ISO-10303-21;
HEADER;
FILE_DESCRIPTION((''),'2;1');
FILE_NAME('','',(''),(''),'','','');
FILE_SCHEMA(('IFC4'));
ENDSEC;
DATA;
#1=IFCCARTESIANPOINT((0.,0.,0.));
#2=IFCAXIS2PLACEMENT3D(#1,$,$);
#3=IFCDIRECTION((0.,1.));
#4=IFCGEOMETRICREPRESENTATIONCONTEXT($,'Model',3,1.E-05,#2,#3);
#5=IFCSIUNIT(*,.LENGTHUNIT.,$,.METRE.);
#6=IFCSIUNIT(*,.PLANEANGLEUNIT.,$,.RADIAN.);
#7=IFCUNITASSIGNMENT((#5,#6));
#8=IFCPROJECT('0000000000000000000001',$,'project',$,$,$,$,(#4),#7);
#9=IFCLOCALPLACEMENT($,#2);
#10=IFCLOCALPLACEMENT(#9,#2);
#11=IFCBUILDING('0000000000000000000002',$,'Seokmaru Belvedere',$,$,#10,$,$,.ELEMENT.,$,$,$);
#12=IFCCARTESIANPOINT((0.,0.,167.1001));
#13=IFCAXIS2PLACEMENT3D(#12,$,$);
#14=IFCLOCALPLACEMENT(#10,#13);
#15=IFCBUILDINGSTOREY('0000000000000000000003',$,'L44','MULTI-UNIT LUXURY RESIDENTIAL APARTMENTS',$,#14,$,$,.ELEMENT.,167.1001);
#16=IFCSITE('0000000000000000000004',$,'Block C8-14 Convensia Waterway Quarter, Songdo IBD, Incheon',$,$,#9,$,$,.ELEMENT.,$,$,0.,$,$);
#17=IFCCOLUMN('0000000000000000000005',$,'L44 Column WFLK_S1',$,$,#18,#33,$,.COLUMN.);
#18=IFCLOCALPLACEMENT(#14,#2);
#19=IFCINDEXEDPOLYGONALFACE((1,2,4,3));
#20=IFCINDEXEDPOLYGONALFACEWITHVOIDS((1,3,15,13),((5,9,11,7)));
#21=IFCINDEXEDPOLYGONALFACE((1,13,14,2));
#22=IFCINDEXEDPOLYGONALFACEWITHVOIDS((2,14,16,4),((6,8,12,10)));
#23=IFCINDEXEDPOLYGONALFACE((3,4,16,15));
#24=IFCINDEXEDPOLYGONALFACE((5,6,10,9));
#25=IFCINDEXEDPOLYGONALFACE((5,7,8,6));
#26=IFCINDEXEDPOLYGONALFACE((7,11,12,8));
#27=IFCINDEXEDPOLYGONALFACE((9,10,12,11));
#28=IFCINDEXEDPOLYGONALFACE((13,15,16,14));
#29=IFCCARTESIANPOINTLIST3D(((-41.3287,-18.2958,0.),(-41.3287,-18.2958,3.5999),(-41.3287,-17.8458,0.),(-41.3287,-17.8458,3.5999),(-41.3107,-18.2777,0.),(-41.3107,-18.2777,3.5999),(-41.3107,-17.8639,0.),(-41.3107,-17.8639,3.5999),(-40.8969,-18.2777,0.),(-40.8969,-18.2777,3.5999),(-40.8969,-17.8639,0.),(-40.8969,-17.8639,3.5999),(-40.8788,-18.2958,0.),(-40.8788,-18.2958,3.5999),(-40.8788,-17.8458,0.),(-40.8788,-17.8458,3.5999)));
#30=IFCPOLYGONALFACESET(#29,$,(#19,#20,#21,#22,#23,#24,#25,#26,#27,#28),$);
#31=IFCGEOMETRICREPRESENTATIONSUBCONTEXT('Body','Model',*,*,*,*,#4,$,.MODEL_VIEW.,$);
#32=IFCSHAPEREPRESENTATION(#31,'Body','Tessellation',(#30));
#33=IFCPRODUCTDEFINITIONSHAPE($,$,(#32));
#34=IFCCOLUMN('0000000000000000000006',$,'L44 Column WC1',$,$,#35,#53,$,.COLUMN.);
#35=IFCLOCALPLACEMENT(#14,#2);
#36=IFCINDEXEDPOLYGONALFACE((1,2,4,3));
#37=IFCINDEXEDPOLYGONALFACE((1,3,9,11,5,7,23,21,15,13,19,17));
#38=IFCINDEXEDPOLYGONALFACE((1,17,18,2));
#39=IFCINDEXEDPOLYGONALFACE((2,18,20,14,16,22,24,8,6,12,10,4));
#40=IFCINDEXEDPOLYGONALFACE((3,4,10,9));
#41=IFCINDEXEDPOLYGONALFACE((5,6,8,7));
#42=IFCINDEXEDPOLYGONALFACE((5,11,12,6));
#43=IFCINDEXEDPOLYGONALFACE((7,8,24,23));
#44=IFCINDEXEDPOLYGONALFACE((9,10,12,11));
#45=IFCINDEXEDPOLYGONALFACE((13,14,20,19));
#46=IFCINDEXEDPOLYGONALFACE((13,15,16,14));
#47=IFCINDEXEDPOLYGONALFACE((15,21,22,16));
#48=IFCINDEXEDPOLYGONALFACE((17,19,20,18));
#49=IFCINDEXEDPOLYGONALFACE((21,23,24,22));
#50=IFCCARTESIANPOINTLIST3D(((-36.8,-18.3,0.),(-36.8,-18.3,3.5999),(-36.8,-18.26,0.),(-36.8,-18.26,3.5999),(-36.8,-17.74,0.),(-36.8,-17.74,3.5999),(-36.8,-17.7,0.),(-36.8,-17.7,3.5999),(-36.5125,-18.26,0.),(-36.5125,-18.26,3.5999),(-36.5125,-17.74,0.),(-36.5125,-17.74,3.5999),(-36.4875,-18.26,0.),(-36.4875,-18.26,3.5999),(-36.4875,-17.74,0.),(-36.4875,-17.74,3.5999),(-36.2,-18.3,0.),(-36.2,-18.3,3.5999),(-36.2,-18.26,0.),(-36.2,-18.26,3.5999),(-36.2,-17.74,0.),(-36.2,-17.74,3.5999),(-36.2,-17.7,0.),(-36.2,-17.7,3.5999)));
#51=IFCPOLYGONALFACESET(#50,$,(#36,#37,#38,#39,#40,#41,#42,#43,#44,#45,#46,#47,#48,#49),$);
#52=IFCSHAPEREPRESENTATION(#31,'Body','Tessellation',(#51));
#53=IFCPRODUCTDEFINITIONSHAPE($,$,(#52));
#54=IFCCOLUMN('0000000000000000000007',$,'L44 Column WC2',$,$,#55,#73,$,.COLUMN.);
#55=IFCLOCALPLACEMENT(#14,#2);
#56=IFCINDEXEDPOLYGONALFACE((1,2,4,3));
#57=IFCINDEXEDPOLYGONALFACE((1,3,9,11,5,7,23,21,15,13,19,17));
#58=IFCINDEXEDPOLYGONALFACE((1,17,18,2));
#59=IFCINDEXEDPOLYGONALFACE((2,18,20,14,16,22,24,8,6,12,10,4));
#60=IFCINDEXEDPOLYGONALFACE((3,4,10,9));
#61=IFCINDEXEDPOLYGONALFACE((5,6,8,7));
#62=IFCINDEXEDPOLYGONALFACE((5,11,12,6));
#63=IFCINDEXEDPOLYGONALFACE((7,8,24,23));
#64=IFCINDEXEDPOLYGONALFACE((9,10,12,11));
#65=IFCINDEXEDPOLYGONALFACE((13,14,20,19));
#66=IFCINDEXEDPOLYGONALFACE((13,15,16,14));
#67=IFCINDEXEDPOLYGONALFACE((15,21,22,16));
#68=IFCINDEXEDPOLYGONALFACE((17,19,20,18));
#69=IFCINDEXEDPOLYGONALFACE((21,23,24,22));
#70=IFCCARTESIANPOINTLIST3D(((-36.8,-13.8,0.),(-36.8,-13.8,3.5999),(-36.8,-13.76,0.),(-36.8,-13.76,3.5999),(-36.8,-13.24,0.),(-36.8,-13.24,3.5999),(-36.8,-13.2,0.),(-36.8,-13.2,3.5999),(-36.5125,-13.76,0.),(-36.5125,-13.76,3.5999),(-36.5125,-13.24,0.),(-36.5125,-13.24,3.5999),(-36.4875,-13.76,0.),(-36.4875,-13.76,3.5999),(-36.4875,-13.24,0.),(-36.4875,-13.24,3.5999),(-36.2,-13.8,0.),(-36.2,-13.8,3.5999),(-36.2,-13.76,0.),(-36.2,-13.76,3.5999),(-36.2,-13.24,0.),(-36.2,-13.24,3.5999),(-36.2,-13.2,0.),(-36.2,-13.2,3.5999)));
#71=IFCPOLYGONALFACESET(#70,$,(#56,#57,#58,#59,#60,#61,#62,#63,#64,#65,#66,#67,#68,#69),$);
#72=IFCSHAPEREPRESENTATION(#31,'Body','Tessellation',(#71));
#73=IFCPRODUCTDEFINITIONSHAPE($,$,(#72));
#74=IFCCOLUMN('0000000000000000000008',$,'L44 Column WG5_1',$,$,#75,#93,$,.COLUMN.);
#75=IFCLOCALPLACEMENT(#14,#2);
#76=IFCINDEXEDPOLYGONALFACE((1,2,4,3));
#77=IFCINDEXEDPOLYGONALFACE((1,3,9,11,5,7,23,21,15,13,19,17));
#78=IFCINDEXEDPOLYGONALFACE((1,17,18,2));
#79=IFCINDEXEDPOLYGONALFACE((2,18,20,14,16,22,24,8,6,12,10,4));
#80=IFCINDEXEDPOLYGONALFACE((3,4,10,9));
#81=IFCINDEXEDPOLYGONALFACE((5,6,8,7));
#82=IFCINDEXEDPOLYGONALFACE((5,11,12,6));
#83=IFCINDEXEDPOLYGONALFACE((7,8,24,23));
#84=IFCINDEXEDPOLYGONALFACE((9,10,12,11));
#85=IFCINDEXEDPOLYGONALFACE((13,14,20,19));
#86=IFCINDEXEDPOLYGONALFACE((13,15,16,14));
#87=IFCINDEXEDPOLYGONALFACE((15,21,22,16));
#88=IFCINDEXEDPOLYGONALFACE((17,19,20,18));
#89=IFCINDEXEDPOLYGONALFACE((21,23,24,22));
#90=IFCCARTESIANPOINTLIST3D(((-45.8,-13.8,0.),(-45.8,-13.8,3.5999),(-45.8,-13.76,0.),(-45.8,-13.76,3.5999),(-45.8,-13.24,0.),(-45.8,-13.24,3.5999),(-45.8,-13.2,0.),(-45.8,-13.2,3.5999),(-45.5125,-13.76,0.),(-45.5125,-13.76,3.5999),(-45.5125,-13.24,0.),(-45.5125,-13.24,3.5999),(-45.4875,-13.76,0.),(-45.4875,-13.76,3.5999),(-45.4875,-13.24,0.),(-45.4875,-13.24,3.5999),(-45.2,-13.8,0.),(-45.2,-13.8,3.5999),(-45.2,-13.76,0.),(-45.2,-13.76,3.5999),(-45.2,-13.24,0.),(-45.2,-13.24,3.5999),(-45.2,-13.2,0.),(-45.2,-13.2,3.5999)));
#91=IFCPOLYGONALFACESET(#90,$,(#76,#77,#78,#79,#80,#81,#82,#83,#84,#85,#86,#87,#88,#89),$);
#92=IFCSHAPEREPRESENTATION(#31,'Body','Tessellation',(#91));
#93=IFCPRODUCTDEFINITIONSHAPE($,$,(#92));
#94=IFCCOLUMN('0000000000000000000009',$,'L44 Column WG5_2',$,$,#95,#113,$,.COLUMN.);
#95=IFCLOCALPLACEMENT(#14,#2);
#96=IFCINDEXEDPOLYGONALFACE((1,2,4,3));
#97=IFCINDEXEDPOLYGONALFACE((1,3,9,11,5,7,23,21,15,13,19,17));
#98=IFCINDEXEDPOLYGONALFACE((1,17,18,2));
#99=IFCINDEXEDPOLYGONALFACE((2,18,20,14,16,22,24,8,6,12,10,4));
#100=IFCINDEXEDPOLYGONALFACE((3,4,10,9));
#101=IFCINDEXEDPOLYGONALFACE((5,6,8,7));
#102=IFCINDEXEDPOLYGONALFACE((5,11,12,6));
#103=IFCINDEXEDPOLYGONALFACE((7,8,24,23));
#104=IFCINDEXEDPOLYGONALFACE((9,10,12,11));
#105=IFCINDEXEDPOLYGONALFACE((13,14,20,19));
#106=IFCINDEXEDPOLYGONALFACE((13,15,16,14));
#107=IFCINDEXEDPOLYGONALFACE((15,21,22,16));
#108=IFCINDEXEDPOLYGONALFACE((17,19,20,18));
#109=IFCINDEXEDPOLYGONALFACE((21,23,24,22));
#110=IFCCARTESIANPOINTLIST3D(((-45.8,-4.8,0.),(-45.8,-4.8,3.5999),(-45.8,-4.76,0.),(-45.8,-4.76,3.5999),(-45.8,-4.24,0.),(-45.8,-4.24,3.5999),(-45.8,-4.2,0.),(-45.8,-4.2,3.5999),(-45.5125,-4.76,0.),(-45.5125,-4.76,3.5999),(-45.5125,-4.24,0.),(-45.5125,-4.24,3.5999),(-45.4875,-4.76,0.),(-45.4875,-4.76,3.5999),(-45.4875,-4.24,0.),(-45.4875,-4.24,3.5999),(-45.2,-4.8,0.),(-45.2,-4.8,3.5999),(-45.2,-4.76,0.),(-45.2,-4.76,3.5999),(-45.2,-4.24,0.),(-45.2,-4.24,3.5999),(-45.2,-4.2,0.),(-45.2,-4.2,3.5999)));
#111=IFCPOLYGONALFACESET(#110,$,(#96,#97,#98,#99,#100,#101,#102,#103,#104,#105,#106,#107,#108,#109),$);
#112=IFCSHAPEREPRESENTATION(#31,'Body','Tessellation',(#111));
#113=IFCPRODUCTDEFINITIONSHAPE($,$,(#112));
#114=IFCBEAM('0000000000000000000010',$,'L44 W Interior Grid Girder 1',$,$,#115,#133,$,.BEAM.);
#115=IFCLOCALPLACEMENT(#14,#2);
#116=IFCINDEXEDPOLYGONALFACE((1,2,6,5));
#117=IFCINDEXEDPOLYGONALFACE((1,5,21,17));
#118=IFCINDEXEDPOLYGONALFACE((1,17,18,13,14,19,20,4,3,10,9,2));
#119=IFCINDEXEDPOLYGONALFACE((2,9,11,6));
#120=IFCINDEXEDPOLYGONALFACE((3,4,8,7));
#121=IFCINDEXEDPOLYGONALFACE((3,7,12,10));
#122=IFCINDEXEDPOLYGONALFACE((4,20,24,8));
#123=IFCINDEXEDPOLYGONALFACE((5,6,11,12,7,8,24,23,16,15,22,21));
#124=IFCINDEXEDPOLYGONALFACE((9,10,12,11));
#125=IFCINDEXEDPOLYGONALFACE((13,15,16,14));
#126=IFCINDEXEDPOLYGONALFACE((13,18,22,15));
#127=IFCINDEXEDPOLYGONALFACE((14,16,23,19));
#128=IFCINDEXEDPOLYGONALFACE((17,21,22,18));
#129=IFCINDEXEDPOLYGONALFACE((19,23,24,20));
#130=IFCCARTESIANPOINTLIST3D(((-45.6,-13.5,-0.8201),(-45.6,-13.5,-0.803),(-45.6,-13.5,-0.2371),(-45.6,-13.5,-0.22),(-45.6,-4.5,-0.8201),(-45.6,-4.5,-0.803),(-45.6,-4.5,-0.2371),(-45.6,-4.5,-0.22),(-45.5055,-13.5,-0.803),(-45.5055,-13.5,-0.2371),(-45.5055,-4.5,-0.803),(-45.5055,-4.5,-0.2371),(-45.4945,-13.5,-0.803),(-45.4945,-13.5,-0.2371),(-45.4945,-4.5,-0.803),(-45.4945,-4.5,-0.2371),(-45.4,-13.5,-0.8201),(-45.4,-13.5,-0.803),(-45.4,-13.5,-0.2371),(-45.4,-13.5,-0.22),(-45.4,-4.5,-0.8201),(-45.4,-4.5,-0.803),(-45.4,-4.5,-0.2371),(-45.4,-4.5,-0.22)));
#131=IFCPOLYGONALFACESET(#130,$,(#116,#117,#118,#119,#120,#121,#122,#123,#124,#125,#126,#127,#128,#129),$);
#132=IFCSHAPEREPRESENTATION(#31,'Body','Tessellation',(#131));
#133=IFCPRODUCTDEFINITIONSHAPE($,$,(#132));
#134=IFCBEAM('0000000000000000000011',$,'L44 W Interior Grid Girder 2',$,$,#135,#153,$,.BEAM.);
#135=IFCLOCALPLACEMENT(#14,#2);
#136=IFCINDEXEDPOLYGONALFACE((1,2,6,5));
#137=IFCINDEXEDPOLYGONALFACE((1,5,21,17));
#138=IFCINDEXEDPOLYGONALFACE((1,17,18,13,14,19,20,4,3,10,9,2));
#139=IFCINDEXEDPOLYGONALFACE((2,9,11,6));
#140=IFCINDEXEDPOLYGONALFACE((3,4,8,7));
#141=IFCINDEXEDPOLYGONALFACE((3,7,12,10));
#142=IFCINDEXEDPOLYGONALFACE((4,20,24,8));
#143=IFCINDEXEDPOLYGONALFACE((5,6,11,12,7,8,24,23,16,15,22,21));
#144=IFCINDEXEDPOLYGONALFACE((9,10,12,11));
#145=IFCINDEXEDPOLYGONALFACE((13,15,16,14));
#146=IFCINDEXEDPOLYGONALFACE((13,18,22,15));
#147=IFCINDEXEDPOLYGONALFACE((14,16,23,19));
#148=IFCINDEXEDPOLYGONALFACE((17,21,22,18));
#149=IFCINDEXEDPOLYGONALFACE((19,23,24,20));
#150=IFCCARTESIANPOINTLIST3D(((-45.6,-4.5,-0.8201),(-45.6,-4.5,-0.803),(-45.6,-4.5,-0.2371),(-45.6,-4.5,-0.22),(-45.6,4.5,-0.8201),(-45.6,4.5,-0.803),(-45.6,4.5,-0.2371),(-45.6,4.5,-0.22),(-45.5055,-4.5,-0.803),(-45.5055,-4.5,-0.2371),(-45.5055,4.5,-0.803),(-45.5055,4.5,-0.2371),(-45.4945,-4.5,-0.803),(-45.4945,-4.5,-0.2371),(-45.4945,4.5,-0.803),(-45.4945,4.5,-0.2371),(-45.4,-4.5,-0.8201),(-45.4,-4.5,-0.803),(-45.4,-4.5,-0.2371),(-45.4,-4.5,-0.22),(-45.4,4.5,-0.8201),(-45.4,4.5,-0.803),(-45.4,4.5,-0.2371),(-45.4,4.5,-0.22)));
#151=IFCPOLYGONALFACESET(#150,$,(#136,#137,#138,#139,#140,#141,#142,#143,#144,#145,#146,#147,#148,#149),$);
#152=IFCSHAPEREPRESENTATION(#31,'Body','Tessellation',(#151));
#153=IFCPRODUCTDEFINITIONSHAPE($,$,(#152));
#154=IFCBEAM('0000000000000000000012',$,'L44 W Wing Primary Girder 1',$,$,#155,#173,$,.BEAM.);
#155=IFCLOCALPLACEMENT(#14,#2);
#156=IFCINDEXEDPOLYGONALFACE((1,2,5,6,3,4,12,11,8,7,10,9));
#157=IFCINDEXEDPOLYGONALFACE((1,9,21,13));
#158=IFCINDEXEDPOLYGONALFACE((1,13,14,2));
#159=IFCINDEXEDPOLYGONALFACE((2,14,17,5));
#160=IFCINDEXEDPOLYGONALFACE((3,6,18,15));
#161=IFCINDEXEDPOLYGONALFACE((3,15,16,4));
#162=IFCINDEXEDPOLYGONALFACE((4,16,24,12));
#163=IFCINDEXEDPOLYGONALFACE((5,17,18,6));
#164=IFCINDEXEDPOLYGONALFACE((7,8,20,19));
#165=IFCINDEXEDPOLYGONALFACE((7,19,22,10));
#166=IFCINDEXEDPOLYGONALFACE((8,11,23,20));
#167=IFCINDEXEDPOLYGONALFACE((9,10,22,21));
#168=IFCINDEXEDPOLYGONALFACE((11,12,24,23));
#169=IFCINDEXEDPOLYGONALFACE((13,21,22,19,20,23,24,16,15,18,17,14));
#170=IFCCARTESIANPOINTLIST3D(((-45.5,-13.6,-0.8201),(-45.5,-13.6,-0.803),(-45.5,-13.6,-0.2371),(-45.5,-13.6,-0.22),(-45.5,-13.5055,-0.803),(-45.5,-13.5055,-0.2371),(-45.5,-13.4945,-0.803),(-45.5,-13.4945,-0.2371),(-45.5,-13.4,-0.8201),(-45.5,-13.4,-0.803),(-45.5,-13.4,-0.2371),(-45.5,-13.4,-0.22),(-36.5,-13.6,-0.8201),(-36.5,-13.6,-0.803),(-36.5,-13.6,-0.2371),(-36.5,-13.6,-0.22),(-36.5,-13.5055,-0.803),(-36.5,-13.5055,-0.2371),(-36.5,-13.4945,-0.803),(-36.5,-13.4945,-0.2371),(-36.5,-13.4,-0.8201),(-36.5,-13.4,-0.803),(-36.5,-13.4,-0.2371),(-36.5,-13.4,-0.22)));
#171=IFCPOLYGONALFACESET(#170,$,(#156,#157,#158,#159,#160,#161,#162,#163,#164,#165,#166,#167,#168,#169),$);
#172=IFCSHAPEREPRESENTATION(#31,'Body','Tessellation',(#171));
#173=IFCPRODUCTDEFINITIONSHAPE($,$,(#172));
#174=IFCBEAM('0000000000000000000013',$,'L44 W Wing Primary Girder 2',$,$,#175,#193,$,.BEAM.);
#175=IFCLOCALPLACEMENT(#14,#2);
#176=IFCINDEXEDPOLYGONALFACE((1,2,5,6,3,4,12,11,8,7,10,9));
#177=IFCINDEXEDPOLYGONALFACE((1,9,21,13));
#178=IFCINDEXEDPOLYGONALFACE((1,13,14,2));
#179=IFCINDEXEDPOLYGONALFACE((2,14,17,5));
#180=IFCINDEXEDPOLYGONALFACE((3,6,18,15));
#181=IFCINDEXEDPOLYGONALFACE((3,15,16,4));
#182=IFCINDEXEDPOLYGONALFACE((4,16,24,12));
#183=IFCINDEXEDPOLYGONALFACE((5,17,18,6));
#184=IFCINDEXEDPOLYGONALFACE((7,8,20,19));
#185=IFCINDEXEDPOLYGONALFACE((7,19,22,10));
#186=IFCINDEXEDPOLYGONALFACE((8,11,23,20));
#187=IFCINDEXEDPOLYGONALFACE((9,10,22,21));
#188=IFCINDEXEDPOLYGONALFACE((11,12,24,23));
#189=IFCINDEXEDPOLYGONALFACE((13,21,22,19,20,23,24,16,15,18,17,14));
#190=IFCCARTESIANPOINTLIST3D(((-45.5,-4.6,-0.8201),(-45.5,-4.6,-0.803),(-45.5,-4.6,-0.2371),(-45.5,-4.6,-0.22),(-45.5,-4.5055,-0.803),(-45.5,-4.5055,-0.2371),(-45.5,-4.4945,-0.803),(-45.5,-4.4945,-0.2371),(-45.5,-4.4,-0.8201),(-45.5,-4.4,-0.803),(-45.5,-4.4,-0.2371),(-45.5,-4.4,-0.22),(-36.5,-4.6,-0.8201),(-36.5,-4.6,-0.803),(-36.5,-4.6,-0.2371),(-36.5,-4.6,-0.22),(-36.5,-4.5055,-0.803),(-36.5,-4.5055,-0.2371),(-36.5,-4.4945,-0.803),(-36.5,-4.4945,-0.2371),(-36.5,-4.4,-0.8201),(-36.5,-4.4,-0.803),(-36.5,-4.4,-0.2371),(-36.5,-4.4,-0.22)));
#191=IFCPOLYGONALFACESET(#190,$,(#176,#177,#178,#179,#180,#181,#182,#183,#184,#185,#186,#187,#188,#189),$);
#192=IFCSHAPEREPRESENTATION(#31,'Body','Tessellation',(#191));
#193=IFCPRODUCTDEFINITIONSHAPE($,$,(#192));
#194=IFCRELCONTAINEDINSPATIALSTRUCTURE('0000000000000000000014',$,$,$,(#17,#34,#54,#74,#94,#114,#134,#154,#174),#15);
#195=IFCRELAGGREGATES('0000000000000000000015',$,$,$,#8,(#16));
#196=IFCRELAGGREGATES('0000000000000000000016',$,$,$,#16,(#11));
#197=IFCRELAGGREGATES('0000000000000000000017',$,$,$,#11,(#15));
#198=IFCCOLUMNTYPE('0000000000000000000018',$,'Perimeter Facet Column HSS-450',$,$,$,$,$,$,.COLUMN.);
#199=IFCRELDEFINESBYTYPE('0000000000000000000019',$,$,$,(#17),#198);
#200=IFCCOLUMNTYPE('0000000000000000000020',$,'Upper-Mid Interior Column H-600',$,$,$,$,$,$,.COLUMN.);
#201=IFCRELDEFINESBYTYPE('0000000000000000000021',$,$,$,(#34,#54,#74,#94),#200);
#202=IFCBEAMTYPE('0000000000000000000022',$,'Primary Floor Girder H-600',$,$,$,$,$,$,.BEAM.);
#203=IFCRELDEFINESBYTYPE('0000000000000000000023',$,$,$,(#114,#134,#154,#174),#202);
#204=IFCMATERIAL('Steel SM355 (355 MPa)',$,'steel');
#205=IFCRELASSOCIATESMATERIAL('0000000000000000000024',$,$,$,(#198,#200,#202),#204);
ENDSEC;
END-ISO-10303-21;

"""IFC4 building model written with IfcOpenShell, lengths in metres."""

from ifc_helpers import new_model, si_unit, direction, frame, origin, origin_2d, place, context, subcontext, project, spatial, hollow_rectangle, i_section, extrude, source, transform, mapped, material, material_profile, profile_set, type_object, type_shapes, element, save


model = new_model("IFC4")

# Units and contexts
model_context = context("Model", 3, precision=1e-05, world=origin(), true_north=direction((0.0, 1.0)))
body_context = subcontext(model_context, "Body", "Model", "MODEL_VIEW")
ifc_project = project(units=[si_unit("LENGTHUNIT", "METRE"), si_unit("PLANEANGLEUNIT", "RADIAN")], contexts=[model_context])

# Site, building, storey
site_placement = place(None, origin())
site = spatial("IfcSite", under=ifc_project, at=site_placement, Name="Block C8-14 Convensia Waterway Quarter, Songdo IBD, Incheon", CompositionType="ELEMENT", RefElevation=0.0)
building_placement = place(site_placement, origin())
building = spatial("IfcBuilding", under=site, at=building_placement, Name="Seokmaru Belvedere", CompositionType="ELEMENT")
storey_placement = place(building_placement, frame((0.0, 0.0, 167.1001)))
storey = spatial("IfcBuildingStorey", under=building, at=storey_placement, Name="L44", Description="MULTI-UNIT LUXURY RESIDENTIAL APARTMENTS", CompositionType="ELEMENT", Elevation=167.1001)

# Columns
ifc_material_1 = material(Name="Steel SM355 (355 MPa)", Category="steel")
ifc_material_profile_1 = material_profile(ifc_material_1, hollow_rectangle(XDim=0.45, YDim=0.45, WallThickness=0.0181, at=origin_2d()), Name="HSS-450x450x18")
ifc_profile_set_1 = profile_set([ifc_material_profile_1], Name="Steel SM355 (355 MPa)")
column_type_1 = type_object("IfcColumnType", Name="Perimeter Facet Column HSS-450", PredefinedType="COLUMN", material=ifc_profile_set_1)
shared_shape_1 = source(origin(), body_context, "Body", "SweptSolid", [
    extrude(hollow_rectangle(XDim=0.45, YDim=0.45, WallThickness=0.0181, at=origin_2d()), origin(), (0.0, 0.0, 1.0), 3.5999),
])
type_shapes(column_type_1, [shared_shape_1])
column_placement = place(storey_placement, frame((-41.1038, -18.0708, 0.0), z_axis=(0.0, 0.0, 1.0), x_axis=(1.0, 0.0, 0.0)))
element("IfcColumn", 1, at=column_placement, inside=storey, type_object=column_type_1, Name="L44 Column WFLK_S1", PredefinedType="COLUMN", context=body_context, shape_type="MappedRepresentation", body=[
    mapped(shared_shape_1, transform((0.0, 0.0, 0.0), scale=1.0)),
])
ifc_material_profile_2 = material_profile(ifc_material_1, i_section(OverallWidth=0.6001, OverallDepth=0.6001, WebThickness=0.0249, FlangeThickness=0.04, at=origin_2d()), Name="H-600x600x25x40")
ifc_profile_set_2 = profile_set([ifc_material_profile_2], Name="Steel SM355 (355 MPa)")
column_type_2 = type_object("IfcColumnType", Name="Upper-Mid Interior Column H-600", PredefinedType="COLUMN", material=ifc_profile_set_2)
shared_shape_2 = source(origin(), body_context, "Body", "SweptSolid", [
    extrude(i_section(OverallWidth=0.6001, OverallDepth=0.6001, WebThickness=0.0249, FlangeThickness=0.04, at=origin_2d()), origin(), (0.0, 0.0, 1.0), 3.5999),
])
type_shapes(column_type_2, [shared_shape_2])
for number, where, z_axis, x_axis, name in (
    (2, (-36.5, -18.0, 0.0), (0.0, 0.0, 1.0), (1.0, 0.0, 0.0), "L44 Column WC1"),
    (3, (-36.5, -13.5, 0.0), (0.0, 0.0, 1.0), (1.0, 0.0, 0.0), "L44 Column WC2"),
    (4, (-45.5, -13.5, 0.0), (0.0, 0.0, 1.0), (1.0, 0.0, 0.0), "L44 Column WG5_1"),
    (5, (-45.5, -4.5, 0.0), (0.0, 0.0, 1.0), (1.0, 0.0, 0.0), "L44 Column WG5_2"),
):
    element("IfcColumn", number, at=place(storey_placement, frame(where, z_axis=z_axis, x_axis=x_axis)), inside=storey, type_object=column_type_2, Name=name, PredefinedType="COLUMN", context=body_context, shape_type="MappedRepresentation", body=[
        mapped(shared_shape_2, transform((0.0, 0.0, 0.0), scale=1.0)),
    ])

# Beams
ifc_material_profile_3 = material_profile(ifc_material_1, i_section(OverallWidth=0.2, OverallDepth=0.6001, WebThickness=0.011, FlangeThickness=0.0171, at=origin_2d()), Name="H-600x200x11x17")
ifc_profile_set_3 = profile_set([ifc_material_profile_3], Name="Steel SM355 (355 MPa)")
beam_type_1 = type_object("IfcBeamType", Name="Primary Floor Girder H-600", PredefinedType="BEAM", material=ifc_profile_set_3)
shared_shape_3 = source(origin(), body_context, "Body", "SweptSolid", [
    extrude(i_section(OverallWidth=0.2, OverallDepth=0.6001, WebThickness=0.011, FlangeThickness=0.0171, at=origin_2d()), origin(), (0.0, 0.0, 1.0), 9.0),
])
for number, where, z_axis, x_axis, name in (
    (6, (-45.5, -13.5, -0.52), (0.0, 1.0, 0.0), (-1.0, 0.0, 0.0), "L44 W Interior Grid Girder 1"),
    (7, (-45.5, -4.5, -0.52), (0.0, 1.0, 0.0), (-1.0, 0.0, 0.0), "L44 W Interior Grid Girder 2"),
    (8, (-45.5, -13.5, -0.52), (1.0, 0.0, 0.0), (0.0, 1.0, 0.0), "L44 W Wing Primary Girder 1"),
    (9, (-45.5, -4.5, -0.52), (1.0, 0.0, 0.0), (0.0, 1.0, 0.0), "L44 W Wing Primary Girder 2"),
):
    element("IfcBeam", number, at=place(storey_placement, frame(where, z_axis=z_axis, x_axis=x_axis)), inside=storey, type_object=beam_type_1, Name=name, PredefinedType="BEAM", context=body_context, shape_type="MappedRepresentation", body=[
        mapped(shared_shape_3, transform((0.0, 0.0, 0.0), scale=1.0)),
    ])

save(model, "model.ifc")
